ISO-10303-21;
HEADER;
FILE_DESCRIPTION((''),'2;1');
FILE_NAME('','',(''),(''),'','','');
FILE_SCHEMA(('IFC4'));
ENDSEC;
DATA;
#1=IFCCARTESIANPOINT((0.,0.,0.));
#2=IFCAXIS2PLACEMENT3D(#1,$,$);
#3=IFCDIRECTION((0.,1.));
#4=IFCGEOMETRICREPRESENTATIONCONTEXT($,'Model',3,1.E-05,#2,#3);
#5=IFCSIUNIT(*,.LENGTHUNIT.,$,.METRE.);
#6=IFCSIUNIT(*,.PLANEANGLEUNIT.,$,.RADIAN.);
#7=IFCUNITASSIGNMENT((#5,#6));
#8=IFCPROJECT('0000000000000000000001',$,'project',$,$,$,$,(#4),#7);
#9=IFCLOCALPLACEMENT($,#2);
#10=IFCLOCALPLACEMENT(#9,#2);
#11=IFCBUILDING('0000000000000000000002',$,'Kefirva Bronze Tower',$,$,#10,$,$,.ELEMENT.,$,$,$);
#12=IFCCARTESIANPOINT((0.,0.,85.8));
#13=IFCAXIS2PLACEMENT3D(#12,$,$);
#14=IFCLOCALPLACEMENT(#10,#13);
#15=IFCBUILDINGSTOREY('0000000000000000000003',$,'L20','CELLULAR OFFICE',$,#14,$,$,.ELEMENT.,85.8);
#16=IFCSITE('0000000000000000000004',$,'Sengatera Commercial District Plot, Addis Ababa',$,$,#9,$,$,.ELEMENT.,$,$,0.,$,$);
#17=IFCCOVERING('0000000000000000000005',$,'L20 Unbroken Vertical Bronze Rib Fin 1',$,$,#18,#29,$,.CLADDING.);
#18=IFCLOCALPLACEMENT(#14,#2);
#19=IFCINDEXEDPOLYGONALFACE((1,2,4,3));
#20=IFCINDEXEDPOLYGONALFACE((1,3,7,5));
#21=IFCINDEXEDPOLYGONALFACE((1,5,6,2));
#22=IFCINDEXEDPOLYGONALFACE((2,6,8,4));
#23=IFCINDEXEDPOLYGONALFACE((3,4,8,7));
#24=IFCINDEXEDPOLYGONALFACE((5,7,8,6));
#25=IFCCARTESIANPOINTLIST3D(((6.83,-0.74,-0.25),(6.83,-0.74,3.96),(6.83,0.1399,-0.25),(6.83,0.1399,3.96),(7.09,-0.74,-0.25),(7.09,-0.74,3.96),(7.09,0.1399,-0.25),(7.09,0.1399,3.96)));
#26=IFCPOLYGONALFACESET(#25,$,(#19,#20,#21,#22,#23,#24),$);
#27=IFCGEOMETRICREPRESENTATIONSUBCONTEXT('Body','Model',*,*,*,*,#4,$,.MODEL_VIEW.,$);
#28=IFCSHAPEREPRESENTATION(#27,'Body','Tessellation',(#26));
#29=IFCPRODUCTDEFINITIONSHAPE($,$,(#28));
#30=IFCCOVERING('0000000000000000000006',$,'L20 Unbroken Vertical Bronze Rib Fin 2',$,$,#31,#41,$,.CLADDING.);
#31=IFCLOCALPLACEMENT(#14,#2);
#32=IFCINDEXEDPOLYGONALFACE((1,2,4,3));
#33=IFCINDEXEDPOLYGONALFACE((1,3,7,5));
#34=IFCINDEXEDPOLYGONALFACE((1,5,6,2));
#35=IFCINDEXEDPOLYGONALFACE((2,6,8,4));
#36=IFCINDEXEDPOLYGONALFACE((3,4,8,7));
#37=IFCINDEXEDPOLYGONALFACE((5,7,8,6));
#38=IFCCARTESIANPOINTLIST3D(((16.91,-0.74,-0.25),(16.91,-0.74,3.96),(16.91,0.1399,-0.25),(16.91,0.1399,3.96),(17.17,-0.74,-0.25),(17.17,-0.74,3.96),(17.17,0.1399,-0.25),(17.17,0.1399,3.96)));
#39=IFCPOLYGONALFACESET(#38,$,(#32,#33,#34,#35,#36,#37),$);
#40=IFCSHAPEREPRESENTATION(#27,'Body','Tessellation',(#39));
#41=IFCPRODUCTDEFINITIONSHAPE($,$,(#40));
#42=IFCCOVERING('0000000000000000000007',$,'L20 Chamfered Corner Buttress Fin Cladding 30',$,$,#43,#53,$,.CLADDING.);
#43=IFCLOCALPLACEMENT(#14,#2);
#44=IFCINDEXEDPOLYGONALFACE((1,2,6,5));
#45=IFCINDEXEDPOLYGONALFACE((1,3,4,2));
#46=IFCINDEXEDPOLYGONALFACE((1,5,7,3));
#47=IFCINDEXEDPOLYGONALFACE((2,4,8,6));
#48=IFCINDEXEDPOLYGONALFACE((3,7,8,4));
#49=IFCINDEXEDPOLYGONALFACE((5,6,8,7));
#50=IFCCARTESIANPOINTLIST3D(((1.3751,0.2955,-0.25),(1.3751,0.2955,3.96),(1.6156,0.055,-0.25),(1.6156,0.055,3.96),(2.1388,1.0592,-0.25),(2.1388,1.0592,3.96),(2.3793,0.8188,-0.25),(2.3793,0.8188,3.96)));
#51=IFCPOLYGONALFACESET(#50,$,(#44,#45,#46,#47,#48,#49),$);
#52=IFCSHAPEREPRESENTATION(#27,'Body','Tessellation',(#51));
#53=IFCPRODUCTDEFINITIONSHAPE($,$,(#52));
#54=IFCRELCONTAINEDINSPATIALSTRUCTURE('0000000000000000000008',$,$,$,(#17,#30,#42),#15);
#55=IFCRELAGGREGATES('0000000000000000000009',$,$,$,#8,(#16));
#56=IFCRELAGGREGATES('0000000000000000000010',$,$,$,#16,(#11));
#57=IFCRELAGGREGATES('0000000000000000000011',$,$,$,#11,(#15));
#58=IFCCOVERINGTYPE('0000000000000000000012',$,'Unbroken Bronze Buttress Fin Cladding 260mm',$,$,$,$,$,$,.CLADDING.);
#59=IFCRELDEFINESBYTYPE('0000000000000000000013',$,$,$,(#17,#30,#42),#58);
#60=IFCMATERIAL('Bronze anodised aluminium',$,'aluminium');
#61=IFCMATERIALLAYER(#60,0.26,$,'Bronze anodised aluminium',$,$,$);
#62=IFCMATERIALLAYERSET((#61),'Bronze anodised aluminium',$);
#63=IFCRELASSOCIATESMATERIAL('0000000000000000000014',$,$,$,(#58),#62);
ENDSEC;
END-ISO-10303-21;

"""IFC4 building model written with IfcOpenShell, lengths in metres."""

from ifc_helpers import new_model, si_unit, direction, frame, origin, origin_2d, place, context, subcontext, project, spatial, rectangle, extrude, material, layer, layer_set, type_object, element, save


model = new_model("IFC4")

# Units and contexts
model_context = context("Model", 3, precision=1e-05, world=origin(), true_north=direction((0.0, 1.0)))
body_context = subcontext(model_context, "Body", "Model", "MODEL_VIEW")
ifc_project = project(units=[si_unit("LENGTHUNIT", "METRE"), si_unit("PLANEANGLEUNIT", "RADIAN")], contexts=[model_context])

# Site, building, storey
site_placement = place(None, origin())
site = spatial("IfcSite", under=ifc_project, at=site_placement, Name="Sengatera Commercial District Plot, Addis Ababa", CompositionType="ELEMENT", RefElevation=0.0)
building_placement = place(site_placement, origin())
building = spatial("IfcBuilding", under=site, at=building_placement, Name="Kefirva Bronze Tower", CompositionType="ELEMENT")
storey_placement = place(building_placement, frame((0.0, 0.0, 85.8)))
storey = spatial("IfcBuildingStorey", under=building, at=storey_placement, Name="L20", Description="CELLULAR OFFICE", CompositionType="ELEMENT", Elevation=85.8)

# Shared definitions
ifc_material_1 = material(Name="Bronze anodised aluminium", Category="aluminium")

# Coverings
ifc_layer_1 = layer(ifc_material_1, 0.26, Name="Bronze anodised aluminium")
ifc_layer_set_1 = layer_set([ifc_layer_1], Name="Bronze anodised aluminium")
covering_type_1 = type_object("IfcCoveringType", Name="Unbroken Bronze Buttress Fin Cladding 260mm", PredefinedType="CLADDING", material=ifc_layer_set_1)
for number, where, z_axis, x_axis, name in (
    (1, (6.96, -0.3, -0.25), (0.0, 0.0, 1.0), (1.0, 0.0, 0.0), "L20 Unbroken Vertical Bronze Rib Fin 1"),
    (2, (17.04, -0.3, -0.25), (0.0, 0.0, 1.0), (1.0, 0.0, 0.0), "L20 Unbroken Vertical Bronze Rib Fin 2"),
):
    element("IfcCovering", number, at=place(storey_placement, frame(where, z_axis=z_axis, x_axis=x_axis)), inside=storey, type_object=covering_type_1, Name=name, PredefinedType="CLADDING", context=body_context, shape_type="SweptSolid", body=[
        extrude(rectangle(XDim=0.26, YDim=0.8799, at=origin_2d()), origin(), (0.0, 0.0, 1.0), 4.21),
    ])
covering_1_placement = place(storey_placement, frame((1.8772, 0.5571, -0.25), z_axis=(0.0, 0.0, 1.0), x_axis=(0.707107, -0.707107, 0.0)))
element("IfcCovering", 3, at=covering_1_placement, inside=storey, type_object=covering_type_1, Name="L20 Chamfered Corner Buttress Fin Cladding 30", PredefinedType="CLADDING", context=body_context, shape_type="SweptSolid", body=[
    extrude(rectangle(XDim=0.3401, YDim=1.0801, at=origin_2d()), origin(), (0.0, 0.0, 1.0), 4.21),
])

save(model, "model.ifc")
